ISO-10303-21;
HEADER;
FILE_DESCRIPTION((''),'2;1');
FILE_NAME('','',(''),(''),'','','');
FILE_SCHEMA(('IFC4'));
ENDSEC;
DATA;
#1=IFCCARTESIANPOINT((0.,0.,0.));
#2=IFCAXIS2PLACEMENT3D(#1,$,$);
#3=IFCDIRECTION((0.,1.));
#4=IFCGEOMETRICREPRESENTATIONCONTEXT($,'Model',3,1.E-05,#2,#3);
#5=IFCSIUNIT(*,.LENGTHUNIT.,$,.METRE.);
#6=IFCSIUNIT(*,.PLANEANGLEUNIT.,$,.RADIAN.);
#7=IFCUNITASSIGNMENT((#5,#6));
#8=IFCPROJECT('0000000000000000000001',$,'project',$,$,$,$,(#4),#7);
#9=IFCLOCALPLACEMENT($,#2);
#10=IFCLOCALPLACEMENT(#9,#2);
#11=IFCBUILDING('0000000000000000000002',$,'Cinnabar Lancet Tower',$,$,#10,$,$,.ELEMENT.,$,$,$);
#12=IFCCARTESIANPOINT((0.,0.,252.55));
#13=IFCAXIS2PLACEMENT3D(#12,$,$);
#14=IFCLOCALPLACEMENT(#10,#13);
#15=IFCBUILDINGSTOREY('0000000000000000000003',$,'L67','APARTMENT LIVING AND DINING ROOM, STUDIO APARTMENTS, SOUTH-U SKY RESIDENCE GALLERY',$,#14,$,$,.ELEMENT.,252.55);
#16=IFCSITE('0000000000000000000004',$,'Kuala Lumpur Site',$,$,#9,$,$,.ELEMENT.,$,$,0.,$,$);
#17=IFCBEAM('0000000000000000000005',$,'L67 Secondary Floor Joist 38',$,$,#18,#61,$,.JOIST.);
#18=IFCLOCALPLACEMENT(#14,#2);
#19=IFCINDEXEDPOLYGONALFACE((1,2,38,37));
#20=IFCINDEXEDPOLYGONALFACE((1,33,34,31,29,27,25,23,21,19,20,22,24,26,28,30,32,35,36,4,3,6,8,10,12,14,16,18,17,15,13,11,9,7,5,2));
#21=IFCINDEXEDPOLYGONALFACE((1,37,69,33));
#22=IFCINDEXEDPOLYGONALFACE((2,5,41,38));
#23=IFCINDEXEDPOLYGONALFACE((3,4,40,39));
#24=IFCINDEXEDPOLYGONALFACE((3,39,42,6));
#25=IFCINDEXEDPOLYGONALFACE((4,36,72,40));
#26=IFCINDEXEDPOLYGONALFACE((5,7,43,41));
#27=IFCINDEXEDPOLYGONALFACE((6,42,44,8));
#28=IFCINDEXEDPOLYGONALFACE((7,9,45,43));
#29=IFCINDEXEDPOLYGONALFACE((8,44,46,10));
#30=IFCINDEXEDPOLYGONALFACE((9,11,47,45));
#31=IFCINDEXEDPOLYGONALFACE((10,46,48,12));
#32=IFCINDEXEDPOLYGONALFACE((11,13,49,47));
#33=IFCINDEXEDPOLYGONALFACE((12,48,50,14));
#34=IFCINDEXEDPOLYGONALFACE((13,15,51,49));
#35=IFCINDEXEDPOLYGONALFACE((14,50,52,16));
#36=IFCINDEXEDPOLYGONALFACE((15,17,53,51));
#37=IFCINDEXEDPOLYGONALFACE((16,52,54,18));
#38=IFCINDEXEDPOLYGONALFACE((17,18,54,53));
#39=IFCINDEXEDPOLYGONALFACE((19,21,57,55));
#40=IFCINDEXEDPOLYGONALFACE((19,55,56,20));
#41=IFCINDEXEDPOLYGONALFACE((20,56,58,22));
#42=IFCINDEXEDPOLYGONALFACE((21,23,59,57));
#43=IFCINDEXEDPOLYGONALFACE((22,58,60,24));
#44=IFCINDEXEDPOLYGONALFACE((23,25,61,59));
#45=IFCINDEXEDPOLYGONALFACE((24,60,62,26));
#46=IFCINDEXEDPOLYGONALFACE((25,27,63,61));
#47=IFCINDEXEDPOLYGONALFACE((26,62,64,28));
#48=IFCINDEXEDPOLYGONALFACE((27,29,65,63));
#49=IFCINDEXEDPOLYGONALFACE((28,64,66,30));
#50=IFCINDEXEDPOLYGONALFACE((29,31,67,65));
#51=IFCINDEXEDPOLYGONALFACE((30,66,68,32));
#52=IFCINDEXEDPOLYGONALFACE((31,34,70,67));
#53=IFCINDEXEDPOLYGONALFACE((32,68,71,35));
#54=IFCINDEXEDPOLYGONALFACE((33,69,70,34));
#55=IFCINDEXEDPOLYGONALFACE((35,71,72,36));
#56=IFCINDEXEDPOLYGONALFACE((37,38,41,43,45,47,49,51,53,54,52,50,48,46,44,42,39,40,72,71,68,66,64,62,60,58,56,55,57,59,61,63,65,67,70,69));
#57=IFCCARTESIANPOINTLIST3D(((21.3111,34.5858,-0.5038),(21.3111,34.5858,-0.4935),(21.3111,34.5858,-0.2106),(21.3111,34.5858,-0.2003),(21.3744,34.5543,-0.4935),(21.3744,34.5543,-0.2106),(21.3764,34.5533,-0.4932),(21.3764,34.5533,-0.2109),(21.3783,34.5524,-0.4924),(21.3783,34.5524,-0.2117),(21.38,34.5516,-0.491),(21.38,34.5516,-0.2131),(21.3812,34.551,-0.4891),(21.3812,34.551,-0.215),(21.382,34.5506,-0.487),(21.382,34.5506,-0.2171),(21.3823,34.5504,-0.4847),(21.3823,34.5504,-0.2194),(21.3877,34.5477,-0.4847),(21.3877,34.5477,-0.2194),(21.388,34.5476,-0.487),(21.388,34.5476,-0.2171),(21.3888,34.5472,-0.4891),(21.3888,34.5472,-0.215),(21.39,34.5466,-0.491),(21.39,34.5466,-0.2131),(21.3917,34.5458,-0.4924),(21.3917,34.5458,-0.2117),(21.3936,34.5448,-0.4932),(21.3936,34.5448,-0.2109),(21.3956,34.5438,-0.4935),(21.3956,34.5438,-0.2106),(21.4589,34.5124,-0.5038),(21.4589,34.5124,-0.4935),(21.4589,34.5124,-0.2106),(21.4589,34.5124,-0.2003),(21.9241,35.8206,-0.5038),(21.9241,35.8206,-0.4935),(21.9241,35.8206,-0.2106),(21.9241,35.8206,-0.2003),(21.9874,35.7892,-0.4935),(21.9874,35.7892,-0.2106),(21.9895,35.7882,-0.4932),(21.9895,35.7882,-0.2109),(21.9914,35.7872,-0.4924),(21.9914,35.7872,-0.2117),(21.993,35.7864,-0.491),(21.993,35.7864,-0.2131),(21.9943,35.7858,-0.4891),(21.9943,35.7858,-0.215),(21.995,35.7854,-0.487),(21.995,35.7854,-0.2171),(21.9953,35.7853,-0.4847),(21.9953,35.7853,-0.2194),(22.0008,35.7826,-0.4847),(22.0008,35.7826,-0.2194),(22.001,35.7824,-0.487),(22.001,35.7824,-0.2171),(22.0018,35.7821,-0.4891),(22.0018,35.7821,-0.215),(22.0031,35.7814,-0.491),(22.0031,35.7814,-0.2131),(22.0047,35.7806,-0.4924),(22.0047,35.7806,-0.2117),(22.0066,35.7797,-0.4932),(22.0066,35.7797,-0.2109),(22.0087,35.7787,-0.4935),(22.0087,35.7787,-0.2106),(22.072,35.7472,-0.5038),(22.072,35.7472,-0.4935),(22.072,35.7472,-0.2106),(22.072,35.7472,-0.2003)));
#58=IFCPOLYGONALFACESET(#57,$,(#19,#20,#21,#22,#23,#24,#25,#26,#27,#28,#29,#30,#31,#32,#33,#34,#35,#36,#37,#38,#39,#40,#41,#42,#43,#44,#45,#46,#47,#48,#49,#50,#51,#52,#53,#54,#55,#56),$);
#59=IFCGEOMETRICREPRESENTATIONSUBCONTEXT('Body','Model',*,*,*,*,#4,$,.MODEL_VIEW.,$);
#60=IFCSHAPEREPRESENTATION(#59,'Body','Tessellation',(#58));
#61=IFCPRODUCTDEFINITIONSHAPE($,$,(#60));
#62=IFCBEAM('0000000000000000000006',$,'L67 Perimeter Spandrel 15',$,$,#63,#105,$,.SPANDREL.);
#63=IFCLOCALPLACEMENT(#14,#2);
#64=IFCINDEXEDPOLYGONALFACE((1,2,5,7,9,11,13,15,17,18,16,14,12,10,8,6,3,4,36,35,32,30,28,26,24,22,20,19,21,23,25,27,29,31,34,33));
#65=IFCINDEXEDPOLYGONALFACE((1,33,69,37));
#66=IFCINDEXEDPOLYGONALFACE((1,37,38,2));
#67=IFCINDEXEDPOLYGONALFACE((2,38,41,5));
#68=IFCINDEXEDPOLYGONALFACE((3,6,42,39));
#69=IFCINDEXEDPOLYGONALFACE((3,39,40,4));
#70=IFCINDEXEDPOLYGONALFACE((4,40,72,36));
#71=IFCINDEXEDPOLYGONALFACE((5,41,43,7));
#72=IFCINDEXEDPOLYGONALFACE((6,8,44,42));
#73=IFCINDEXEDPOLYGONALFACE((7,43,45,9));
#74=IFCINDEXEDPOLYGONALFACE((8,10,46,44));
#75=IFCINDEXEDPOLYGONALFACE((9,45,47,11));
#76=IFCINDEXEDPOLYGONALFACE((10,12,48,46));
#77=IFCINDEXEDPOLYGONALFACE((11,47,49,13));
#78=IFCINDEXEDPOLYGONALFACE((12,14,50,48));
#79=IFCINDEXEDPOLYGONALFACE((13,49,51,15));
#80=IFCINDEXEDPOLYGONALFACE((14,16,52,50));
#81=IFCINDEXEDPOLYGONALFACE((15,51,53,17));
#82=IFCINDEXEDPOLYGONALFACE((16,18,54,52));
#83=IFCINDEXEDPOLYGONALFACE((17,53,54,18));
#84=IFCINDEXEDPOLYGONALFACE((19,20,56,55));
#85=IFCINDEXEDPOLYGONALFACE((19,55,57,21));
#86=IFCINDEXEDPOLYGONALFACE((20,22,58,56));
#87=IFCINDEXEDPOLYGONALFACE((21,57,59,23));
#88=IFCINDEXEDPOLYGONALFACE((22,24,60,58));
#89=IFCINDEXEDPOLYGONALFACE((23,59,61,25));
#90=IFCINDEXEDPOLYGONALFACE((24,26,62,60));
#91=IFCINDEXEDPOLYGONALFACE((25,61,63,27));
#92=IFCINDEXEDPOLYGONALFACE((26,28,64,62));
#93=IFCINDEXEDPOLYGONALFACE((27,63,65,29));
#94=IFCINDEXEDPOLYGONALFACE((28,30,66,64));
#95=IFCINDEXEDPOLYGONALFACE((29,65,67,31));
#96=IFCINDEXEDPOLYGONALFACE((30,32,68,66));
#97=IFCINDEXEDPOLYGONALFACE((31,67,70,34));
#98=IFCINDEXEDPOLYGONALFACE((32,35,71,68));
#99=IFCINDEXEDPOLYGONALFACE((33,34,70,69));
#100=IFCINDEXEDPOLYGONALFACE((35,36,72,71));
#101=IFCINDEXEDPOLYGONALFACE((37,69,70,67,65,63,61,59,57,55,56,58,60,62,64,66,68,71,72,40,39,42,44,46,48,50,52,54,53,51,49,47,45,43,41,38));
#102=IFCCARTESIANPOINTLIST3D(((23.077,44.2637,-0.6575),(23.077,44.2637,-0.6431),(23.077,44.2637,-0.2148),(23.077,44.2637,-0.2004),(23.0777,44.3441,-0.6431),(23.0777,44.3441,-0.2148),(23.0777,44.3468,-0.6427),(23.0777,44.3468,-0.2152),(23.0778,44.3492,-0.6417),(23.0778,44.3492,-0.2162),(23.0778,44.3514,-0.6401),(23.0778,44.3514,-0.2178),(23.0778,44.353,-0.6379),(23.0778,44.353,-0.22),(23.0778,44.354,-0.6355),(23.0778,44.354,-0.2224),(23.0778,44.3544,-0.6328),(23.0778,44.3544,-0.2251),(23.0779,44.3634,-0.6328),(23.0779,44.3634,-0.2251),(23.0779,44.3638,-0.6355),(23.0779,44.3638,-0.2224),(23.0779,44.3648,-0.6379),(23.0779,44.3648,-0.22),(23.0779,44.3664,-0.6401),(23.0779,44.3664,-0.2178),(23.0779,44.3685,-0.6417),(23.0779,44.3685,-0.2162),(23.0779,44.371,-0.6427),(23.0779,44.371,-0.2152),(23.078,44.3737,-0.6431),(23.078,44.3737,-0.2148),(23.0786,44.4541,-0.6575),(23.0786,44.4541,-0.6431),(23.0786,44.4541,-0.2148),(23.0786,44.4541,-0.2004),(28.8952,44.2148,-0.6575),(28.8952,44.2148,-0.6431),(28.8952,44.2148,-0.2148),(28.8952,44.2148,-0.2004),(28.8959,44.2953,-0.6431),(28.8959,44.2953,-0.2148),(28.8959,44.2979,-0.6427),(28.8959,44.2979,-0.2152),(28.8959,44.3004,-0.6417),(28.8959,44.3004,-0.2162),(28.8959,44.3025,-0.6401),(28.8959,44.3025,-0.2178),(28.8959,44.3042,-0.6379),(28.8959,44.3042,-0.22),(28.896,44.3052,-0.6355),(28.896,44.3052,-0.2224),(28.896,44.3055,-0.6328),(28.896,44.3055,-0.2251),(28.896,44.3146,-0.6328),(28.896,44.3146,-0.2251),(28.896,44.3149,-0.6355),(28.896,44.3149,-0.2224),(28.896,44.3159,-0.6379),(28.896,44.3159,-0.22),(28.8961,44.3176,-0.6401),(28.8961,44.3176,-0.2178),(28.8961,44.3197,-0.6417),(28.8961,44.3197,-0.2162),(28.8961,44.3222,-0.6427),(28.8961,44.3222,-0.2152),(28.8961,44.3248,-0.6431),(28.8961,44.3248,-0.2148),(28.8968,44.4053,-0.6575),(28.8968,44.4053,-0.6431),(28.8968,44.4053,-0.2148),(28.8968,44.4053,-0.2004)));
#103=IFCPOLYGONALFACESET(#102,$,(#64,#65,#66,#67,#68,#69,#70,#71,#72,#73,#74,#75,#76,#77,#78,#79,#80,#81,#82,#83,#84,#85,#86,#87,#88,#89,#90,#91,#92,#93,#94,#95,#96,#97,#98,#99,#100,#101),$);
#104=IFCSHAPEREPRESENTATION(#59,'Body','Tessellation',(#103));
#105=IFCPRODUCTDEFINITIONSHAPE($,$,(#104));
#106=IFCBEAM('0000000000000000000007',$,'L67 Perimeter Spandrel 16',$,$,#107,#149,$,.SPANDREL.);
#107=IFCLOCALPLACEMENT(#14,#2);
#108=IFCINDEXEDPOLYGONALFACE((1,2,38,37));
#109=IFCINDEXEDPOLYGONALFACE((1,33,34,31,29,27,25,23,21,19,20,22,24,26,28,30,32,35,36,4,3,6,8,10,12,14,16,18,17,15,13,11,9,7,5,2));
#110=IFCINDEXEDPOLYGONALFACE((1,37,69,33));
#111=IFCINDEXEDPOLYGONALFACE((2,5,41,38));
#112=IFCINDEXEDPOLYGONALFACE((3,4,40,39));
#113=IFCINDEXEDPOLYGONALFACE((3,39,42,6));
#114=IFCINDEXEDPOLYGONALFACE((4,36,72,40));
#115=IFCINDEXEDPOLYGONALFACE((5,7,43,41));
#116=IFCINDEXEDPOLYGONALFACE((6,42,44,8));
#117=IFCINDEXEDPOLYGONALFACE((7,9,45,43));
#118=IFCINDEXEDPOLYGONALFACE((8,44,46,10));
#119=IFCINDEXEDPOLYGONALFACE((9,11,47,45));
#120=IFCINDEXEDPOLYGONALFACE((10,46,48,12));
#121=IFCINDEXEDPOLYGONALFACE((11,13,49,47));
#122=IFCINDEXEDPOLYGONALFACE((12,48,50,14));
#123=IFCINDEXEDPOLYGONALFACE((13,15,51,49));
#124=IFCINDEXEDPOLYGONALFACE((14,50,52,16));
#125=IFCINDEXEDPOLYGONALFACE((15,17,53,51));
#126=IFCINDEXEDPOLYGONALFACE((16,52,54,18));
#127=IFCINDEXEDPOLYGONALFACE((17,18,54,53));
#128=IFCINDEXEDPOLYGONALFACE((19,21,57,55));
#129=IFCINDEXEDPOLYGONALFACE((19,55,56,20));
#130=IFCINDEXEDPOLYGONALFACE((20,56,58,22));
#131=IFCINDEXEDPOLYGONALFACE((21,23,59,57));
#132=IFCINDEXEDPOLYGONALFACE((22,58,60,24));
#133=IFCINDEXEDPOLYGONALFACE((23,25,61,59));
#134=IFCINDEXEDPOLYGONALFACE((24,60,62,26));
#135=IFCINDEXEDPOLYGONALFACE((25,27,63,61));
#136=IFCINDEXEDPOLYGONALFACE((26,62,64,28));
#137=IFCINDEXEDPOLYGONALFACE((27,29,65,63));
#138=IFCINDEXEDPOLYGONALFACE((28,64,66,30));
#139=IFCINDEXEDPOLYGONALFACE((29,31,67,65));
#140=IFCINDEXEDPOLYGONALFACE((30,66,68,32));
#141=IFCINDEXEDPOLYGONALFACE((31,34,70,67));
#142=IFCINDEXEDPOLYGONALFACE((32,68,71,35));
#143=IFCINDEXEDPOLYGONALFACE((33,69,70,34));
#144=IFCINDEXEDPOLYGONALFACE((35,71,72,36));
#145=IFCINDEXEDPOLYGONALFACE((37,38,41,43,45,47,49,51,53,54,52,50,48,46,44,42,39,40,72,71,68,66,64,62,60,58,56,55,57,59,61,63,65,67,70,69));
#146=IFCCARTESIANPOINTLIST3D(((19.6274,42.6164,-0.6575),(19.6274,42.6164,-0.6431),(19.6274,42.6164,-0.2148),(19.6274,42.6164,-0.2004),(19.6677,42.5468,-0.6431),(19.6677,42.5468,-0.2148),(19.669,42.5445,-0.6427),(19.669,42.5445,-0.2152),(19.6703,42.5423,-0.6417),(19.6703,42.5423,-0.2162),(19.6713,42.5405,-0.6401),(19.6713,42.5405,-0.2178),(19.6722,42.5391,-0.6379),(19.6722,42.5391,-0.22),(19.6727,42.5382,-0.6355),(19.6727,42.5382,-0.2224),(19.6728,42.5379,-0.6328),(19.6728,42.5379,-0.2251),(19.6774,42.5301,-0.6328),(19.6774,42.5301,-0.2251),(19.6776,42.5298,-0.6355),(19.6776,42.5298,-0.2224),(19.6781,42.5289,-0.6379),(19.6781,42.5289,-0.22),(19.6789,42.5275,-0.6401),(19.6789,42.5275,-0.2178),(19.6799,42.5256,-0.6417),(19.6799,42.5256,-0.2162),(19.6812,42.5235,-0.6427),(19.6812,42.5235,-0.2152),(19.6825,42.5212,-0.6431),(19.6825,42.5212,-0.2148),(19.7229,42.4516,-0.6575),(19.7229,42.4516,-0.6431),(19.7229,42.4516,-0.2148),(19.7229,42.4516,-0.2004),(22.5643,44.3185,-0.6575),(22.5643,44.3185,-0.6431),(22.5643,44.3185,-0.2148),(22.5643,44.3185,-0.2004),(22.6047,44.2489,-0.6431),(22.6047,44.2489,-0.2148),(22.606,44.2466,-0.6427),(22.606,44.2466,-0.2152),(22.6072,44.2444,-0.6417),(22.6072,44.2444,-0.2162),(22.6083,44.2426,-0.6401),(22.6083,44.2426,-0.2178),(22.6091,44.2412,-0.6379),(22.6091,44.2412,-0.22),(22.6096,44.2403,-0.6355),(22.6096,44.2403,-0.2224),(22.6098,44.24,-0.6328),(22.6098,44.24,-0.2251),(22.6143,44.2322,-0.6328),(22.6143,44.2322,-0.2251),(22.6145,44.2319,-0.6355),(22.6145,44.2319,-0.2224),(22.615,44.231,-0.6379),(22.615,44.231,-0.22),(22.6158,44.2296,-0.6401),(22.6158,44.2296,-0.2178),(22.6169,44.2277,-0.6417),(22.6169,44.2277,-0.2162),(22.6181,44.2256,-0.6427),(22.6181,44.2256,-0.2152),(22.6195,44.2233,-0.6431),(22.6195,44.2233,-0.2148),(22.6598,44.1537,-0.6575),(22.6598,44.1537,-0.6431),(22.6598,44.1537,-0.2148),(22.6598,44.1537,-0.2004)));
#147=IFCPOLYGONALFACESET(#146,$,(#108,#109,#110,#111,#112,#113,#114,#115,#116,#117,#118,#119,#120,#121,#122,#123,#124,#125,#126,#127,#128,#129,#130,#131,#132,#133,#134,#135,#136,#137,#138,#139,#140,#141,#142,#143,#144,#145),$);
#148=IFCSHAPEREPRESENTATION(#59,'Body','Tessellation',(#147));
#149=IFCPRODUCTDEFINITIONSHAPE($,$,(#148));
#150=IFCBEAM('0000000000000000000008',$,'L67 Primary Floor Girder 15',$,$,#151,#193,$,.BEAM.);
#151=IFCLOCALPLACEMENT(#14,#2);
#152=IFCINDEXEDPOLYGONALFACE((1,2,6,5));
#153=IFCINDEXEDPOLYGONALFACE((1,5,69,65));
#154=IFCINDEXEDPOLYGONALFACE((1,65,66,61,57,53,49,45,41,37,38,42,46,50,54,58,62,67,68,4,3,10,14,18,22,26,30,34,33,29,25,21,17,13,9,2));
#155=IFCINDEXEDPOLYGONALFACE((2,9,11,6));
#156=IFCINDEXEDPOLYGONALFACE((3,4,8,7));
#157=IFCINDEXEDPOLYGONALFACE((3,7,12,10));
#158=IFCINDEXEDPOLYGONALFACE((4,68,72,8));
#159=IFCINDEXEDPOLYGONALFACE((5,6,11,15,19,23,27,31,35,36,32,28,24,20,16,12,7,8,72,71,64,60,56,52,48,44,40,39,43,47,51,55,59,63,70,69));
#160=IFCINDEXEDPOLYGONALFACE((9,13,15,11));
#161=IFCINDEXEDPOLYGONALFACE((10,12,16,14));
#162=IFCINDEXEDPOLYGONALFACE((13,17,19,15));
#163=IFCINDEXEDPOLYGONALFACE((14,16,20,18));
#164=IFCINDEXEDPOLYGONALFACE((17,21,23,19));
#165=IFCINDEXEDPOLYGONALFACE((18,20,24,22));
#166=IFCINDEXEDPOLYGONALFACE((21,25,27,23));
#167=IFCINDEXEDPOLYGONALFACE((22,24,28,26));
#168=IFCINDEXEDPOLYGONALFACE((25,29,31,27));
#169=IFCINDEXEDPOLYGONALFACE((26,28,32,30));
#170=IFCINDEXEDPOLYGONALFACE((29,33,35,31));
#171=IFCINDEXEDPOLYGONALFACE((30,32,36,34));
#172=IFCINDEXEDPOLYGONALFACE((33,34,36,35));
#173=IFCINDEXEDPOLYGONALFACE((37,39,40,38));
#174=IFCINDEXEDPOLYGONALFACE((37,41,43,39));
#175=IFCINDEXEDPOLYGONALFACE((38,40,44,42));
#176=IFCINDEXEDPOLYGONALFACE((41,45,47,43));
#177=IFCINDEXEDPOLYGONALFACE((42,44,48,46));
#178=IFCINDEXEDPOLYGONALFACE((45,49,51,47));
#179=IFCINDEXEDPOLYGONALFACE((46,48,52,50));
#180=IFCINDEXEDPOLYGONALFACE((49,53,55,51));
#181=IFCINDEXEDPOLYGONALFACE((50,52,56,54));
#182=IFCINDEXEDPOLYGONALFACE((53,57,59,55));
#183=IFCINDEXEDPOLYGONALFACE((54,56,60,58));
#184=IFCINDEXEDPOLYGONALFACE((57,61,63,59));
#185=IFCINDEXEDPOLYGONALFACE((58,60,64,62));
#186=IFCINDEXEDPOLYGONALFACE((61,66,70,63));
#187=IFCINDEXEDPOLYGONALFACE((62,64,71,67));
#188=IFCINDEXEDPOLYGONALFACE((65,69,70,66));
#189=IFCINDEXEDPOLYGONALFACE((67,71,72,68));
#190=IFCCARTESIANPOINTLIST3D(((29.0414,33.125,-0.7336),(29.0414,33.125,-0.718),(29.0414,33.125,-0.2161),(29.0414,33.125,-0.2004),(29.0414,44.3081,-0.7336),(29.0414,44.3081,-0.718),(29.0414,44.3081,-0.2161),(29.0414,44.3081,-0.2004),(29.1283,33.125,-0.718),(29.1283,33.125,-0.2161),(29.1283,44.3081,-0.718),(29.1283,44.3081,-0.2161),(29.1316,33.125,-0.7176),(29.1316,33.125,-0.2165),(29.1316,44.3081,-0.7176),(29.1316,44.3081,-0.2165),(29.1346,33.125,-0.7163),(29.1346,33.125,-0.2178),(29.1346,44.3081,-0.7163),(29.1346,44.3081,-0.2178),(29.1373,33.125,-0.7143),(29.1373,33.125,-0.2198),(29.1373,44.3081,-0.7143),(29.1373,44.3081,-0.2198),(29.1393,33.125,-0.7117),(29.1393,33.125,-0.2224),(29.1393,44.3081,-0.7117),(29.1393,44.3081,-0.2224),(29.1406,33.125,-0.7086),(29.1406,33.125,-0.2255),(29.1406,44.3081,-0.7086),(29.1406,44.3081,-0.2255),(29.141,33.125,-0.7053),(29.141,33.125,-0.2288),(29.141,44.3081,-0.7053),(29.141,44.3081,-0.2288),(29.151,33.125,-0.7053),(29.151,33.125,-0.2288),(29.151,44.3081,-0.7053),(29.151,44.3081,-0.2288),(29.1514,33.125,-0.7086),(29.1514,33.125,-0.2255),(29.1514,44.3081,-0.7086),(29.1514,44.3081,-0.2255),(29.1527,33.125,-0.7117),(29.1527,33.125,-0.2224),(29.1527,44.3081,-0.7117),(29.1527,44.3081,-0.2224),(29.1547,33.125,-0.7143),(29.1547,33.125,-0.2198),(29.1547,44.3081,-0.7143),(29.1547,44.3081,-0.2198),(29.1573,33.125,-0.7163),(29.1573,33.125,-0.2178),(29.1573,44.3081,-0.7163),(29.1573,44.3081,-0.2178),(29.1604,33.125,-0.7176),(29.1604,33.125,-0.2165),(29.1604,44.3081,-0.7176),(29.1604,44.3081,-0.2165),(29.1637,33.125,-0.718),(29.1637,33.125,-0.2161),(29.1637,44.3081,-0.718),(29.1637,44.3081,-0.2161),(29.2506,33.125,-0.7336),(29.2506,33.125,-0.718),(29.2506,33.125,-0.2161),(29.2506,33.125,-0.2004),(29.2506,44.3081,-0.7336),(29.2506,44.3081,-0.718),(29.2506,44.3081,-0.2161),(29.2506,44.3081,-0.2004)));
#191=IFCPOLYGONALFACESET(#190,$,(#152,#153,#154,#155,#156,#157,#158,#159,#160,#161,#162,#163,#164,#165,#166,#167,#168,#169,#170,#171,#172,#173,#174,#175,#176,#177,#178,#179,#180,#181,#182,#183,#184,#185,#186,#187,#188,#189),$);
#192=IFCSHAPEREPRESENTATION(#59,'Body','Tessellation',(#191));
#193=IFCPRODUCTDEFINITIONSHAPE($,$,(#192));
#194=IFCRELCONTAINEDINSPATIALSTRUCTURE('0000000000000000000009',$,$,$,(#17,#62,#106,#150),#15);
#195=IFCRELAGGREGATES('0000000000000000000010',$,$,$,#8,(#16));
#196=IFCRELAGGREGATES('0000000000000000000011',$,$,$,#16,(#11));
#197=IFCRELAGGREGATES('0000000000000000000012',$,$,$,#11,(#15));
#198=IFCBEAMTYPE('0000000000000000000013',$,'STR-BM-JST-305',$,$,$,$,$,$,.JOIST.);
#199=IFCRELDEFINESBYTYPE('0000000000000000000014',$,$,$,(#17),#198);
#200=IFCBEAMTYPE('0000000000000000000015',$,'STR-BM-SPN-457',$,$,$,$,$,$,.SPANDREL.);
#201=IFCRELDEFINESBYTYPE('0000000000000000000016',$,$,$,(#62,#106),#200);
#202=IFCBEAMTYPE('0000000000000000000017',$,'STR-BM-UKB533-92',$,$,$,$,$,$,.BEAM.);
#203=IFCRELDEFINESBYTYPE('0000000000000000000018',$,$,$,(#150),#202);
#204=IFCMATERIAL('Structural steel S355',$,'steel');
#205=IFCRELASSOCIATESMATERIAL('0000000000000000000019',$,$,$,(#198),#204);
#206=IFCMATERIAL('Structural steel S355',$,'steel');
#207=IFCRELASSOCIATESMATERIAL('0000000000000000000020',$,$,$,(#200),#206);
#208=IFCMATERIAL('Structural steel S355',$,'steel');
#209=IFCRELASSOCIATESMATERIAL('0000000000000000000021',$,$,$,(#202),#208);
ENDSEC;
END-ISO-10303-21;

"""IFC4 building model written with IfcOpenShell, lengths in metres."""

from ifc_helpers import new_model, si_unit, direction, frame, origin, origin_2d, place, context, subcontext, project, spatial, i_section, extrude, material, material_profile, profile_set, type_object, element, save


model = new_model("IFC4")

# Units and contexts
model_context = context("Model", 3, precision=1e-05, world=origin(), true_north=direction((0.0, 1.0)))
body_context = subcontext(model_context, "Body", "Model", "MODEL_VIEW")
ifc_project = project(units=[si_unit("LENGTHUNIT", "METRE"), si_unit("PLANEANGLEUNIT", "RADIAN")], contexts=[model_context])

# Site, building, storey
site_placement = place(None, origin())
site = spatial("IfcSite", under=ifc_project, at=site_placement, Name="Kuala Lumpur Site", CompositionType="ELEMENT", RefElevation=0.0)
building_placement = place(site_placement, origin())
building = spatial("IfcBuilding", under=site, at=building_placement, Name="Cinnabar Lancet Tower", CompositionType="ELEMENT")
storey_placement = place(building_placement, frame((0.0, 0.0, 252.55)))
storey = spatial("IfcBuildingStorey", under=building, at=storey_placement, Name="L67", Description="APARTMENT LIVING AND DINING ROOM, STUDIO APARTMENTS, SOUTH-U SKY RESIDENCE GALLERY", CompositionType="ELEMENT", Elevation=252.55)

# Beams
ifc_material_1 = material(Name="Structural steel S355", Category="steel")
ifc_material_profile_1 = material_profile(ifc_material_1, i_section(OverallWidth=0.165, OverallDepth=0.3035, WebThickness=0.0061, FlangeThickness=0.0103, FilletRadius=0.0088, at=origin_2d()), Name="UKB 305x165x40")
ifc_profile_set_1 = profile_set([ifc_material_profile_1], Name="Structural steel S355")
beam_type_1 = type_object("IfcBeamType", Name="STR-BM-JST-305", PredefinedType="JOIST", material=ifc_profile_set_1)
beam_1_placement = place(storey_placement, frame((21.998, 35.7839, -0.3521), z_axis=(-0.444662, -0.895699, 0.0), x_axis=(0.895699, -0.444662, 0.0)))
element("IfcBeam", 1, at=beam_1_placement, inside=storey, type_object=beam_type_1, Name="L67 Secondary Floor Joist 38", PredefinedType="JOIST", context=body_context, shape_type="SweptSolid", body=[
    extrude(i_section(OverallWidth=0.165, OverallDepth=0.3035, WebThickness=0.0061, FlangeThickness=0.0103, FilletRadius=0.0088, at=origin_2d()), origin(), (0.0, 0.0, 1.0), 1.3787),
])
ifc_material_2 = material(Name="Structural steel S355", Category="steel")
ifc_material_profile_2 = material_profile(ifc_material_2, i_section(OverallWidth=0.1904, OverallDepth=0.457, WebThickness=0.009, FlangeThickness=0.0144, FilletRadius=0.0103, at=origin_2d()), Name="UKB 457x191x74")
ifc_profile_set_2 = profile_set([ifc_material_profile_2], Name="Structural steel S355")
beam_type_2 = type_object("IfcBeamType", Name="STR-BM-SPN-457", PredefinedType="SPANDREL", material=ifc_profile_set_2)
beam_2_placement = place(storey_placement, frame((28.896, 44.3101, -0.429), z_axis=(-0.999965, 0.008392, 0.0), x_axis=(-0.008392, -0.999965, 0.0)))
element("IfcBeam", 2, at=beam_2_placement, inside=storey, type_object=beam_type_2, Name="L67 Perimeter Spandrel 15", PredefinedType="SPANDREL", context=body_context, shape_type="SweptSolid", body=[
    extrude(i_section(OverallWidth=0.1904, OverallDepth=0.457, WebThickness=0.009, FlangeThickness=0.0144, FilletRadius=0.0103, at=origin_2d()), origin(), (0.0, 0.0, 1.0), 5.8184),
])
beam_3_placement = place(storey_placement, frame((22.6121, 44.2361, -0.429), z_axis=(-0.8652, -0.501427, 0.0), x_axis=(0.501427, -0.8652, 0.0)))
element("IfcBeam", 3, at=beam_3_placement, inside=storey, type_object=beam_type_2, Name="L67 Perimeter Spandrel 16", PredefinedType="SPANDREL", context=body_context, shape_type="SweptSolid", body=[
    extrude(i_section(OverallWidth=0.1904, OverallDepth=0.457, WebThickness=0.009, FlangeThickness=0.0144, FilletRadius=0.0103, at=origin_2d()), origin(), (0.0, 0.0, 1.0), 3.3945),
])
ifc_material_3 = material(Name="Structural steel S355", Category="steel")
ifc_material_profile_3 = material_profile(ifc_material_3, i_section(OverallWidth=0.2092, OverallDepth=0.5332, WebThickness=0.01, FlangeThickness=0.0156, FilletRadius=0.0127, at=origin_2d()), Name="UKB 533x210x92")
ifc_profile_set_3 = profile_set([ifc_material_profile_3], Name="Structural steel S355")
beam_type_3 = type_object("IfcBeamType", Name="STR-BM-UKB533-92", PredefinedType="BEAM", material=ifc_profile_set_3)
beam_4_placement = place(storey_placement, frame((29.146, 44.3081, -0.467), z_axis=(0.0, -1.0, 0.0), x_axis=(1.0, 0.0, 0.0)))
element("IfcBeam", 4, at=beam_4_placement, inside=storey, type_object=beam_type_3, Name="L67 Primary Floor Girder 15", PredefinedType="BEAM", context=body_context, shape_type="SweptSolid", body=[
    extrude(i_section(OverallWidth=0.2092, OverallDepth=0.5332, WebThickness=0.01, FlangeThickness=0.0156, FilletRadius=0.0127, at=origin_2d()), origin(), (0.0, 0.0, 1.0), 11.1831),
])

save(model, "model.ifc")
